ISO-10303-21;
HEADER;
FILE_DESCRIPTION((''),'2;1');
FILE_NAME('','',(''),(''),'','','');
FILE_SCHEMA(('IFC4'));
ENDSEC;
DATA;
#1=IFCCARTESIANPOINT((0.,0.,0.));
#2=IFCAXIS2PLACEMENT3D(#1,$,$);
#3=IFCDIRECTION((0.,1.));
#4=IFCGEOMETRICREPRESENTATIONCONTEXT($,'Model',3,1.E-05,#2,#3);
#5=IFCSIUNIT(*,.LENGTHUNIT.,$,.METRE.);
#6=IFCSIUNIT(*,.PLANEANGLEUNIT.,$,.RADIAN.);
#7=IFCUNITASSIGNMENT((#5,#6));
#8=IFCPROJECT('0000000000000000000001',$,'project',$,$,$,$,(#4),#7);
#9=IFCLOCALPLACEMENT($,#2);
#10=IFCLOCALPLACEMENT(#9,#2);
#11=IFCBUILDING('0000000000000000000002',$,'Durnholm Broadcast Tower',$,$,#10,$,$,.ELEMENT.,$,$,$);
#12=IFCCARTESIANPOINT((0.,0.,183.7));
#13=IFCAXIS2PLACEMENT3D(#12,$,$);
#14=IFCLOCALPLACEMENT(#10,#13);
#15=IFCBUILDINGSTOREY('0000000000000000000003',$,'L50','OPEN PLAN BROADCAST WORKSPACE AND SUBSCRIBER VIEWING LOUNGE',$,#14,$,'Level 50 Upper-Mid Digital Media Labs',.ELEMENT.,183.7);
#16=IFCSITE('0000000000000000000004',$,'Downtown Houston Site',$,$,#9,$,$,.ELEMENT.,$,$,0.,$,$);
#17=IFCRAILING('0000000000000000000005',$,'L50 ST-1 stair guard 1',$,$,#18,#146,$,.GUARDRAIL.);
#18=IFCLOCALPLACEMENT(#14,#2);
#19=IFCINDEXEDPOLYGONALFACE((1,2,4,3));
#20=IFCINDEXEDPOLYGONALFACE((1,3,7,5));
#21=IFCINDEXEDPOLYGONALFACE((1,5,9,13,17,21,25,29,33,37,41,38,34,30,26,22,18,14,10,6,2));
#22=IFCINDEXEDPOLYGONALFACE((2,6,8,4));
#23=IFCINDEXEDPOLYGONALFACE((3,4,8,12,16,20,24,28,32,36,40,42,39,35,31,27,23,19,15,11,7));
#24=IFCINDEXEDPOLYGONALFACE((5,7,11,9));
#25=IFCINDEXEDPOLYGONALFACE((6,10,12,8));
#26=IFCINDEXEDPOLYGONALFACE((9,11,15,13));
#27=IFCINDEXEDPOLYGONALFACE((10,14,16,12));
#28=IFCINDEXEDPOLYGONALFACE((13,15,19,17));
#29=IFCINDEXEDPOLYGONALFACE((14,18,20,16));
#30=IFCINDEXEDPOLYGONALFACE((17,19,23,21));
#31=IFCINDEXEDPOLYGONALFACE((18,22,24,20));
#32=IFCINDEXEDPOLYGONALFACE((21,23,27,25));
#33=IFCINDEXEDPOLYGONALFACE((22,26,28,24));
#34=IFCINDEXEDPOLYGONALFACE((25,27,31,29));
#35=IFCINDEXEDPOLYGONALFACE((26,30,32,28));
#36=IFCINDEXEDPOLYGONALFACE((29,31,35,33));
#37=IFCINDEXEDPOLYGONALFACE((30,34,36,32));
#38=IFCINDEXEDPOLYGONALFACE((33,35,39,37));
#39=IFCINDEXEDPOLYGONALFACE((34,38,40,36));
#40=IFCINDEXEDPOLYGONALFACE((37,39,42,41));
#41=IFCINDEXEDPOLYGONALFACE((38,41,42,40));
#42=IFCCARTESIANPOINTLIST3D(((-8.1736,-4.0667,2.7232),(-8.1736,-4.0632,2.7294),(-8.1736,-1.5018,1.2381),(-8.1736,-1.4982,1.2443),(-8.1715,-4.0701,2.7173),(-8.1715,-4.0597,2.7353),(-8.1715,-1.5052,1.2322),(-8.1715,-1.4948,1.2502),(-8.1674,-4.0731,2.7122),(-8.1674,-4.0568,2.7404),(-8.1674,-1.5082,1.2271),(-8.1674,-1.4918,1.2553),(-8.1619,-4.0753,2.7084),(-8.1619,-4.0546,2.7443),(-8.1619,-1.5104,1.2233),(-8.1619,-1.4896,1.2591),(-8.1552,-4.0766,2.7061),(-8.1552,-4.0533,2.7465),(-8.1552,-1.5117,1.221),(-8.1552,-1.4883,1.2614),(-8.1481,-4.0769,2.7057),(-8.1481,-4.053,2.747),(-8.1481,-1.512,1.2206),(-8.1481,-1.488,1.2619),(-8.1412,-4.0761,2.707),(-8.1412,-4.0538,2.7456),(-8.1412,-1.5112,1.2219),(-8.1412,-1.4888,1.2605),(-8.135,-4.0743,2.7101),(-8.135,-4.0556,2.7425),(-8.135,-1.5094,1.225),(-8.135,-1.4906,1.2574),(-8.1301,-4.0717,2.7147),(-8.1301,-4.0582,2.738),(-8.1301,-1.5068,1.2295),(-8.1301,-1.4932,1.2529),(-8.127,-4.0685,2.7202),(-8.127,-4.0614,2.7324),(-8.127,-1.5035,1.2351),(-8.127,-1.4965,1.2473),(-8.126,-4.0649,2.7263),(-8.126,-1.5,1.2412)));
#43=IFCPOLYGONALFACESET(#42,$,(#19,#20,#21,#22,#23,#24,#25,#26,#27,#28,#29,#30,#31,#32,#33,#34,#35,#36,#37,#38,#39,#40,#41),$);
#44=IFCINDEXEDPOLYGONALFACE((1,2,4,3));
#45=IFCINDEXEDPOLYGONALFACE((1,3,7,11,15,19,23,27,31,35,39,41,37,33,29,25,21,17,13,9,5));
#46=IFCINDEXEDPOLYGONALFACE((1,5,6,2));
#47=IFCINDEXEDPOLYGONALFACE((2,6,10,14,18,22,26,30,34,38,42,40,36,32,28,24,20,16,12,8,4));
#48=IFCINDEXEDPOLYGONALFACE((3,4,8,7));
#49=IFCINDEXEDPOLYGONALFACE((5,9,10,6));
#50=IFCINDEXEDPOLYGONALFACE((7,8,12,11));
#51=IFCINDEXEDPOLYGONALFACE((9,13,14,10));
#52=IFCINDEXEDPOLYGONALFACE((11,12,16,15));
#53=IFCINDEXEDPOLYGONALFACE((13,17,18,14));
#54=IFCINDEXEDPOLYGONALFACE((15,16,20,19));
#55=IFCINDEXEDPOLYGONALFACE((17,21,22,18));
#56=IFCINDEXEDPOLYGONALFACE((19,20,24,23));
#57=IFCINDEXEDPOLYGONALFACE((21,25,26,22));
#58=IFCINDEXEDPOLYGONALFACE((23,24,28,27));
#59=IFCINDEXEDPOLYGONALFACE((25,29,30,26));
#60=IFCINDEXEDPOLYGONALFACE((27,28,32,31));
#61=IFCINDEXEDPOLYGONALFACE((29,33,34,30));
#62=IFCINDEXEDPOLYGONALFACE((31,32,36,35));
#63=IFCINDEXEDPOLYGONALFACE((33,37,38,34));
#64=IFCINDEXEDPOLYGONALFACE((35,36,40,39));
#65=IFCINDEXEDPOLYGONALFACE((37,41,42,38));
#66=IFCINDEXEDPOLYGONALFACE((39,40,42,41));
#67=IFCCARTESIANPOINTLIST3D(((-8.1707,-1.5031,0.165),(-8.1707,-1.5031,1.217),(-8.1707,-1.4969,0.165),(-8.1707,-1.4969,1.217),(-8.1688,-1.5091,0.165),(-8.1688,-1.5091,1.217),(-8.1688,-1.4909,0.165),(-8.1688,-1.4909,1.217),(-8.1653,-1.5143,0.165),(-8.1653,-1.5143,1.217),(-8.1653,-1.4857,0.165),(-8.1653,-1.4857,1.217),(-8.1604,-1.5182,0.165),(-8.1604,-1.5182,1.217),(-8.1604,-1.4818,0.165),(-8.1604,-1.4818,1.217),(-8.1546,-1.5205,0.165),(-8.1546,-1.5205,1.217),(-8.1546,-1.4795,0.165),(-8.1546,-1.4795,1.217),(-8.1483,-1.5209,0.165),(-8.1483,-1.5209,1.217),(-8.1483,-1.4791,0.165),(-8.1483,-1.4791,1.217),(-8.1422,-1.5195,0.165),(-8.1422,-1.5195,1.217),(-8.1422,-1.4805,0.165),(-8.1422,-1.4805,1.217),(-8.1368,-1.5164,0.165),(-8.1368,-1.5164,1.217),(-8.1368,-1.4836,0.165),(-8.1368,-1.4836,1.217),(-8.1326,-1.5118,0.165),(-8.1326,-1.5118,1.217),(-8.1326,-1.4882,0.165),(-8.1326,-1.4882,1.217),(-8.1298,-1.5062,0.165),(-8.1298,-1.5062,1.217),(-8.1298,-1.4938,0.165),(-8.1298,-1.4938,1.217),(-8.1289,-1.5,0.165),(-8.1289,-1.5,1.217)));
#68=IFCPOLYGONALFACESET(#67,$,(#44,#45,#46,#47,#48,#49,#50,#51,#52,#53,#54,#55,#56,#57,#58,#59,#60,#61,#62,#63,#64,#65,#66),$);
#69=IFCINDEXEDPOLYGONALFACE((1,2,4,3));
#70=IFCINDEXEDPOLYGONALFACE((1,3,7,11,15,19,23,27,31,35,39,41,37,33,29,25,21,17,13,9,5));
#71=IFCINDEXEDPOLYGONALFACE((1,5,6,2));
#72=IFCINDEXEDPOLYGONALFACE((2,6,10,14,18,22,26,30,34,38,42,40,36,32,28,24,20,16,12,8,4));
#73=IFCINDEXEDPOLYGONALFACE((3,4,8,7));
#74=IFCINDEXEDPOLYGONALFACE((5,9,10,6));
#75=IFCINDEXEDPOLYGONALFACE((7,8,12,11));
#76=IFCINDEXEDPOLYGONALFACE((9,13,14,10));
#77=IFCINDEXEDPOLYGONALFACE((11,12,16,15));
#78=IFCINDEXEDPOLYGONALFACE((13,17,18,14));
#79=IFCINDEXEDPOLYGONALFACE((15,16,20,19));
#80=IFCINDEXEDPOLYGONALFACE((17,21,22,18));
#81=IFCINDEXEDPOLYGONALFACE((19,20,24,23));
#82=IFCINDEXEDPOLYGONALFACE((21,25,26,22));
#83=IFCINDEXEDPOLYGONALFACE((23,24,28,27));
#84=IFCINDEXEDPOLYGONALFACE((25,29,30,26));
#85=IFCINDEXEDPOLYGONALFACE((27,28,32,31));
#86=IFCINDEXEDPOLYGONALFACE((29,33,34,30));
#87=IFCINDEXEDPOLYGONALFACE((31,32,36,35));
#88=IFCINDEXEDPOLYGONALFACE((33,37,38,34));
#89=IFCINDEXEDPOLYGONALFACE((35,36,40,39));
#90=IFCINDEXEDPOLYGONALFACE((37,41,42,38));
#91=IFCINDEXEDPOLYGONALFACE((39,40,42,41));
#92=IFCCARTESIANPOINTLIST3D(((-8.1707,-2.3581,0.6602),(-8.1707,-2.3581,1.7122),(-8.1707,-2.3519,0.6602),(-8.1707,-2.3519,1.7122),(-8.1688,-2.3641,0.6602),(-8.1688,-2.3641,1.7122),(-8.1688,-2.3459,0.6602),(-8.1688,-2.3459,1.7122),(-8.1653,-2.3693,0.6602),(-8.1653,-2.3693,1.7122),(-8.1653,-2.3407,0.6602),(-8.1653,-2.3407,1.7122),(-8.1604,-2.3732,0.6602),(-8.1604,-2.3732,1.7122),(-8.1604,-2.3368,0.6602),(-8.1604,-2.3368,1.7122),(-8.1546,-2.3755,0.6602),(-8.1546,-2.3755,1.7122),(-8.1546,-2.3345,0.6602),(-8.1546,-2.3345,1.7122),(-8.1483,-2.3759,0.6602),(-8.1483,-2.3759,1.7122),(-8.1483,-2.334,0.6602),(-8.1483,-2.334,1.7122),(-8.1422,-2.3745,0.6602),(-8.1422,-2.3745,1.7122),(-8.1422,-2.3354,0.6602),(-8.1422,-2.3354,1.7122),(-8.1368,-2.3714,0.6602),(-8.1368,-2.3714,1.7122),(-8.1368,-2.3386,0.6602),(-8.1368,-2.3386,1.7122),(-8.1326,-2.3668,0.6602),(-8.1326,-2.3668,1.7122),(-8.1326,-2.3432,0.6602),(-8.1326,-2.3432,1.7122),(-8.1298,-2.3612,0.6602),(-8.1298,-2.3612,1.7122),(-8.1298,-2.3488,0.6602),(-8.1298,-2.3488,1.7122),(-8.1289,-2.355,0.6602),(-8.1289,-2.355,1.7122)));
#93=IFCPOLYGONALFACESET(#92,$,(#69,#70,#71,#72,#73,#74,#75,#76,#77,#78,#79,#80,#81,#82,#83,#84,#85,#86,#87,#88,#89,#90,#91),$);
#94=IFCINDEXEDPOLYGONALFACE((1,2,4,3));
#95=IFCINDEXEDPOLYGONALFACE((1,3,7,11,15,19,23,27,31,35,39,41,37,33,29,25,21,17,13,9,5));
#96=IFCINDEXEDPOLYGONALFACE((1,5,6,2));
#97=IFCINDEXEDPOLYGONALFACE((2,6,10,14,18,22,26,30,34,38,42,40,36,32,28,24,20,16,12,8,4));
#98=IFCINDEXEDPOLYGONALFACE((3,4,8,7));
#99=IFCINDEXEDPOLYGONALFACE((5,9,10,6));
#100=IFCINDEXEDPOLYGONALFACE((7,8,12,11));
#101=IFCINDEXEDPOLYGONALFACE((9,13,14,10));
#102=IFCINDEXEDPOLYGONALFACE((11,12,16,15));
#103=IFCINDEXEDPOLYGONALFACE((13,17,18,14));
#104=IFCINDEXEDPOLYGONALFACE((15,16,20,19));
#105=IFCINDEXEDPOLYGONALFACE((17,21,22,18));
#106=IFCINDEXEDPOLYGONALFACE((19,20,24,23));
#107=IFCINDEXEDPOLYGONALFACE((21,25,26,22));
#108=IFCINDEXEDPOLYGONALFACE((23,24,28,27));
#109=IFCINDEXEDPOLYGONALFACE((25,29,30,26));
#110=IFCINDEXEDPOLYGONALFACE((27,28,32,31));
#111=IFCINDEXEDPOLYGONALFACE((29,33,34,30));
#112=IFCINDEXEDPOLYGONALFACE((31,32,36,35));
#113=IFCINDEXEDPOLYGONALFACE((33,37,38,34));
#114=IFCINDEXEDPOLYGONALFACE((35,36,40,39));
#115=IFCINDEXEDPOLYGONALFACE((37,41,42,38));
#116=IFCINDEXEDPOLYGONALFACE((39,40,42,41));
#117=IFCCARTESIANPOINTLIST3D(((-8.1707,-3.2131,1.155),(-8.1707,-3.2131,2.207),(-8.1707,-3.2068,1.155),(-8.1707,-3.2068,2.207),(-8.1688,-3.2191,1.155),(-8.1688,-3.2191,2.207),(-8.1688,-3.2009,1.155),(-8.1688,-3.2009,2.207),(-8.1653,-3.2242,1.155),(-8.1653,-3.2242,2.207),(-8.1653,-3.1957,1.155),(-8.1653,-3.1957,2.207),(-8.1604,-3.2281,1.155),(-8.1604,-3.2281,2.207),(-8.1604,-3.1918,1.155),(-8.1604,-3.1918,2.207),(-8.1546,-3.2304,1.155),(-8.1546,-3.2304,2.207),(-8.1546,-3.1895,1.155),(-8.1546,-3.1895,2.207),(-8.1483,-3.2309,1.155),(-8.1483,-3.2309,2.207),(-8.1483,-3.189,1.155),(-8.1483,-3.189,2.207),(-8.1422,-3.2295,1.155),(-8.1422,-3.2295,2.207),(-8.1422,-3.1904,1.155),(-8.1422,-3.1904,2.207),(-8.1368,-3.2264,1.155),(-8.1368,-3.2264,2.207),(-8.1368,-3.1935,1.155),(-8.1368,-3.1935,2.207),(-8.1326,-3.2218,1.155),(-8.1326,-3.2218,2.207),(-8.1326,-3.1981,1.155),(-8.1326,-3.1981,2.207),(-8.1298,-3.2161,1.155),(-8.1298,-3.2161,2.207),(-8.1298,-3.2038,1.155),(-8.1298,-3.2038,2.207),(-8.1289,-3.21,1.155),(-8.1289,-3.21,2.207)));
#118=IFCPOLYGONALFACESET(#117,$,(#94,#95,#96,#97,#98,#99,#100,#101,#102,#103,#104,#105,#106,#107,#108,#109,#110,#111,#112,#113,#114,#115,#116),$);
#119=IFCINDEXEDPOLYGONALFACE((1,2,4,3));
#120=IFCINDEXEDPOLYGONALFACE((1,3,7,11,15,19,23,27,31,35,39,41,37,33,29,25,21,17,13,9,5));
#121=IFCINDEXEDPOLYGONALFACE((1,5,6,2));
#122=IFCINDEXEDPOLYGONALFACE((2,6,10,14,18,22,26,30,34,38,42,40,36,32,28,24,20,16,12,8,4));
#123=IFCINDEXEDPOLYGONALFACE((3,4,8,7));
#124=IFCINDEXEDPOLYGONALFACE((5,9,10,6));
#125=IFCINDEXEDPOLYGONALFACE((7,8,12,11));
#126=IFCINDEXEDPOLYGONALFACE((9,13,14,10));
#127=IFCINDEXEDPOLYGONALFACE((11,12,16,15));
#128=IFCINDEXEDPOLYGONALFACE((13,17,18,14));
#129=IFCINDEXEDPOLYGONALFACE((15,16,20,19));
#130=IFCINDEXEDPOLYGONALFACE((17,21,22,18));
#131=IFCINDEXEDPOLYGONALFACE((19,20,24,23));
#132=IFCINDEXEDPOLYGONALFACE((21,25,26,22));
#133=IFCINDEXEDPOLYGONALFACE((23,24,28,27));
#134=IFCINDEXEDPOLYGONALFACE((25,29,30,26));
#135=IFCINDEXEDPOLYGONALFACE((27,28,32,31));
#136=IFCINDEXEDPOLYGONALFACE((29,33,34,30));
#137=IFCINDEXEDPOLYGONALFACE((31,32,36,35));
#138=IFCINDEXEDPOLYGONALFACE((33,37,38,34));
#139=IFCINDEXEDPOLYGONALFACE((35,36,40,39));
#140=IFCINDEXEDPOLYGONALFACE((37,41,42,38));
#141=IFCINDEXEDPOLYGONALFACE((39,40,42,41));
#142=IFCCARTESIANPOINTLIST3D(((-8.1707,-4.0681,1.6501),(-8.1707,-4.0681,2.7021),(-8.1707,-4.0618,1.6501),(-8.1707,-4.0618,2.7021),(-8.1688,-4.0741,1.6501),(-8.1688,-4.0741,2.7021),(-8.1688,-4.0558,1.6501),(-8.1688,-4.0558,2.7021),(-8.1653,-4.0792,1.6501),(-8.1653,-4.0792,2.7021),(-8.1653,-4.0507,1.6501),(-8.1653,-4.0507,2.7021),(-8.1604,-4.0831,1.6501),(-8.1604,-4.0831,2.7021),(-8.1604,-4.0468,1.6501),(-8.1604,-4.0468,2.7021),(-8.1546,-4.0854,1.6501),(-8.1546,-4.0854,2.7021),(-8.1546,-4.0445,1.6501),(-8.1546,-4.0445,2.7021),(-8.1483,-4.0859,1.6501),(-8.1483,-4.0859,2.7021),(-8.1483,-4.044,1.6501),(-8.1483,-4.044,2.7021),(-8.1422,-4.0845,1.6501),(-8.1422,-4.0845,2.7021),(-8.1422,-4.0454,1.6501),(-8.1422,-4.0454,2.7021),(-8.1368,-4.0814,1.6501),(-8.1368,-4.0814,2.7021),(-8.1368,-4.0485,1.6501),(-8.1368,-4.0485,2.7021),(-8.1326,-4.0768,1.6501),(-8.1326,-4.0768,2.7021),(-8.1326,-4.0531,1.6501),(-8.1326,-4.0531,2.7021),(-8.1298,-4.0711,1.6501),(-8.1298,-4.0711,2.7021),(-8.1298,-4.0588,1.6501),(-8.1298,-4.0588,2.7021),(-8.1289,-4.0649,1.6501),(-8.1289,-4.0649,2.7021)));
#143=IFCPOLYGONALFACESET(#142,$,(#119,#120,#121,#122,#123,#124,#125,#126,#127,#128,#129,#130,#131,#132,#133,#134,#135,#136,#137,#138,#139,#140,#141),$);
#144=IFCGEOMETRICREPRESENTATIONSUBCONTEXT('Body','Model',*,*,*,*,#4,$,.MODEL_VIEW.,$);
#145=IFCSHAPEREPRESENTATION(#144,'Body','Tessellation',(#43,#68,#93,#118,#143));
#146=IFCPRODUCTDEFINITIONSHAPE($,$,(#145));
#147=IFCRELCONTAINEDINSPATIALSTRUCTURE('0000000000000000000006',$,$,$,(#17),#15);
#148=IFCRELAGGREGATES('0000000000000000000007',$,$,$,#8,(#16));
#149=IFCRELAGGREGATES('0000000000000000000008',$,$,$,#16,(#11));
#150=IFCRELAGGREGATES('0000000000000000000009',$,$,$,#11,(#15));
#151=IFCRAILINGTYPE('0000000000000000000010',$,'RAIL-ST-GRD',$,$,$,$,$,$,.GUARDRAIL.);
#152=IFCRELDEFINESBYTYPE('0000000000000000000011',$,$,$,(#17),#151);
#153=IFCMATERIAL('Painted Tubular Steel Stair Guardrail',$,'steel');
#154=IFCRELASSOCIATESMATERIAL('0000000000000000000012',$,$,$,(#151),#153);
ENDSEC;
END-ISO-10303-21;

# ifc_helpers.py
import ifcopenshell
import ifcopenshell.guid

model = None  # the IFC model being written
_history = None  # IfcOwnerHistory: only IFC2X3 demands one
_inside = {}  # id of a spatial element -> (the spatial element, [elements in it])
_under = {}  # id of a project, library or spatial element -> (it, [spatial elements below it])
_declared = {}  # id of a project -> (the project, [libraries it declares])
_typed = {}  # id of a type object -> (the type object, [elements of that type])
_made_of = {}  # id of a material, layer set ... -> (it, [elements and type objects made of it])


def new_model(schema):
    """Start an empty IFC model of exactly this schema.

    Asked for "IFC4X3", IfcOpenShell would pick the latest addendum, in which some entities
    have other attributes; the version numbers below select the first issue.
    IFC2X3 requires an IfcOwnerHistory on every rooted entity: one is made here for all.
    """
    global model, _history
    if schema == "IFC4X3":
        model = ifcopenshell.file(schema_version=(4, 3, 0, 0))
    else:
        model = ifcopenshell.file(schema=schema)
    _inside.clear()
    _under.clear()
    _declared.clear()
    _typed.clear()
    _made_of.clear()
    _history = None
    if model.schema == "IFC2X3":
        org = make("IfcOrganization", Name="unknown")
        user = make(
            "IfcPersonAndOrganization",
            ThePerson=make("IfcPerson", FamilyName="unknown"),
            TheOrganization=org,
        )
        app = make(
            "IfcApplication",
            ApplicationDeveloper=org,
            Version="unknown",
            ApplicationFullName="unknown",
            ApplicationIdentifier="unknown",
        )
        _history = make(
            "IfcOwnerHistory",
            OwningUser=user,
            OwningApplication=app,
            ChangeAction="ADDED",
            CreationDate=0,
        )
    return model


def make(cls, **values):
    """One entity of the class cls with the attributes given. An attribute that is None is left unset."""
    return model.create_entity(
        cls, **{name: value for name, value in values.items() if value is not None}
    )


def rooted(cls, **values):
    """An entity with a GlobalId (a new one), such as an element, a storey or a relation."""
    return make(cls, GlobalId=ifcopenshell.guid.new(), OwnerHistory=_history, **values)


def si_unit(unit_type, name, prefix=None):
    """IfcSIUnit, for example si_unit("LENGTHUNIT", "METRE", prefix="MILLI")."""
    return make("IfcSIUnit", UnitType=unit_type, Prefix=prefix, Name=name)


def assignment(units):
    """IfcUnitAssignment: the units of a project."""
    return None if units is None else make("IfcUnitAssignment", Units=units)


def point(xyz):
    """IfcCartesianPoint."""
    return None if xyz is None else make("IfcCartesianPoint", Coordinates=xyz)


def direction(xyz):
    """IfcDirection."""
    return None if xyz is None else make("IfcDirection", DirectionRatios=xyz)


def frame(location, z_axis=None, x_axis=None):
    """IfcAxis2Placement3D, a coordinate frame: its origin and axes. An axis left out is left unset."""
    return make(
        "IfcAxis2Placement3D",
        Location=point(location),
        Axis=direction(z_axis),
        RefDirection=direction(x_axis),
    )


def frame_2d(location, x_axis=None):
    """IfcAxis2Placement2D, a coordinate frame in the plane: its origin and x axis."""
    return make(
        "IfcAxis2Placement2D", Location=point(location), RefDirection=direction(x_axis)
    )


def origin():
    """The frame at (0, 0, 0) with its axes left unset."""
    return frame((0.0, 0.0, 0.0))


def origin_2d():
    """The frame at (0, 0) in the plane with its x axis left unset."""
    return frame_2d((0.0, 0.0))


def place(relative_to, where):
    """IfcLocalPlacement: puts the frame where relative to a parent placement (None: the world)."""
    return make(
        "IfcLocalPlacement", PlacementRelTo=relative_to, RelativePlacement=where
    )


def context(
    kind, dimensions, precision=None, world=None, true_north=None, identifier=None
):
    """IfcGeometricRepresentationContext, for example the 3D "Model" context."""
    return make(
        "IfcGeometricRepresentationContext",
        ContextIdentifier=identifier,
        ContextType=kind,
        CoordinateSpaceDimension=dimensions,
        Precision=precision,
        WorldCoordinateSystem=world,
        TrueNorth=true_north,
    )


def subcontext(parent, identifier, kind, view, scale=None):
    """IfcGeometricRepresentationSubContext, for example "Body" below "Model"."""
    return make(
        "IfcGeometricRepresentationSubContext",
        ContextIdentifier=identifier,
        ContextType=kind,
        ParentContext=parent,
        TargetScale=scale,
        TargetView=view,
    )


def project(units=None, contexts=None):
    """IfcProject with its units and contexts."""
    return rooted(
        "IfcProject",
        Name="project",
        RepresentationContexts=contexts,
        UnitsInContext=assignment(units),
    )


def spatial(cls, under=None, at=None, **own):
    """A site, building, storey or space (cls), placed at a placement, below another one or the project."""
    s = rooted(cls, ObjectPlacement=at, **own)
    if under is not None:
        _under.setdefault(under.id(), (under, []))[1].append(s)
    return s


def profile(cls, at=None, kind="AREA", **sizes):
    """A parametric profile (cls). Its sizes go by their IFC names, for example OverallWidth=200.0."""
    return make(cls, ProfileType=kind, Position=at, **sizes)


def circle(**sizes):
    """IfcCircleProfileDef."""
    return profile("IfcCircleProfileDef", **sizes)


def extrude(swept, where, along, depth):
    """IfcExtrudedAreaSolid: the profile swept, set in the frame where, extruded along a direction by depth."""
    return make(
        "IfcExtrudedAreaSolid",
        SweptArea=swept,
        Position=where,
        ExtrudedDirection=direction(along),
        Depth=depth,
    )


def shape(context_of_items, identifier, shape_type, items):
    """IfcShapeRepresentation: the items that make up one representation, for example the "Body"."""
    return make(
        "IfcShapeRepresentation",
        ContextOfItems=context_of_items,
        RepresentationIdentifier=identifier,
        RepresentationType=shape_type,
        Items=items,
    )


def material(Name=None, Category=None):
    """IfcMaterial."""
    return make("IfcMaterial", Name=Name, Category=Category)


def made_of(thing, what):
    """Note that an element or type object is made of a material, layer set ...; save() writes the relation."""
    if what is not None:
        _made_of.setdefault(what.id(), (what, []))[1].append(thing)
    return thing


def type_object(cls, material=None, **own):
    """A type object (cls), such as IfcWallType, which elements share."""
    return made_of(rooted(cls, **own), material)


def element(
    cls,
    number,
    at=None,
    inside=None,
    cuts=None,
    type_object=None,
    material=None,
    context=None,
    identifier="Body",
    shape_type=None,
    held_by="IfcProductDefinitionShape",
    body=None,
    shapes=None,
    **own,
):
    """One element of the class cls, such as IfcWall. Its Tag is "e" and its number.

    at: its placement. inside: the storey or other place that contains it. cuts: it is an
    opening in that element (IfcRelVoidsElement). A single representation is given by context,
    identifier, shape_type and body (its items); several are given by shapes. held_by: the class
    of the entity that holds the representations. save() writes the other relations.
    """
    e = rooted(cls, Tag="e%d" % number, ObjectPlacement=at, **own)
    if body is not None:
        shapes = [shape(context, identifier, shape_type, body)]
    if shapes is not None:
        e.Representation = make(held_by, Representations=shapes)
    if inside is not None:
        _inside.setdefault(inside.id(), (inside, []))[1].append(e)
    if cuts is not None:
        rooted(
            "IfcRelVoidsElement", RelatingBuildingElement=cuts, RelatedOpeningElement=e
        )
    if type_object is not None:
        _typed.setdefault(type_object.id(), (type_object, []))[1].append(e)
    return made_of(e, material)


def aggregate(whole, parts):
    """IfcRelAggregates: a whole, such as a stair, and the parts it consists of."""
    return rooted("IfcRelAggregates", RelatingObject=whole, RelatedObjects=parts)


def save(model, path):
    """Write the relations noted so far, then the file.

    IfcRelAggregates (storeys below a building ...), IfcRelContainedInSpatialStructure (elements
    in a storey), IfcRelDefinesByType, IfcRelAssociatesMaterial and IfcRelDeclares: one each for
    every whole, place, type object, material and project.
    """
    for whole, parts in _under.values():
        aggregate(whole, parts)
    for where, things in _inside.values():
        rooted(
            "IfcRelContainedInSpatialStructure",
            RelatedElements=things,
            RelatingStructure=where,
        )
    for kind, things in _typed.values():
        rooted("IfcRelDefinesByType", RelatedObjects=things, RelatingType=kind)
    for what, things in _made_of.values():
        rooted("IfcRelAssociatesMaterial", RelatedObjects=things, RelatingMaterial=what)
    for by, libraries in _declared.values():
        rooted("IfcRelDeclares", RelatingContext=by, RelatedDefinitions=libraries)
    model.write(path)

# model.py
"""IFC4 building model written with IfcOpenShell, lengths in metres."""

from ifc_helpers import new_model, si_unit, direction, frame, origin, origin_2d, place, context, subcontext, project, spatial, circle, extrude, material, type_object, element, save


model = new_model("IFC4")

# Units and contexts
model_context = context("Model", 3, precision=1e-05, world=origin(), true_north=direction((0.0, 1.0)))
body_context = subcontext(model_context, "Body", "Model", "MODEL_VIEW")
ifc_project = project(units=[si_unit("LENGTHUNIT", "METRE"), si_unit("PLANEANGLEUNIT", "RADIAN")], contexts=[model_context])

# Site, building, storey
site_placement = place(None, origin())
site = spatial("IfcSite", under=ifc_project, at=site_placement, Name="Downtown Houston Site", CompositionType="ELEMENT", RefElevation=0.0)
building_placement = place(site_placement, origin())
building = spatial("IfcBuilding", under=site, at=building_placement, Name="Durnholm Broadcast Tower", CompositionType="ELEMENT")
storey_placement = place(building_placement, frame((0.0, 0.0, 183.7)))
storey = spatial("IfcBuildingStorey", under=building, at=storey_placement, Name="L50", Description="OPEN PLAN BROADCAST WORKSPACE AND SUBSCRIBER VIEWING LOUNGE", LongName="Level 50 Upper-Mid Digital Media Labs", CompositionType="ELEMENT", Elevation=183.7)

# Railing
ifc_material_1 = material(Name="Painted Tubular Steel Stair Guardrail", Category="steel")
railing_type_1 = type_object("IfcRailingType", Name="RAIL-ST-GRD", PredefinedType="GUARDRAIL", material=ifc_material_1)
railing_1_placement = place(storey_placement, frame((-8.1499, -1.5, 0.165)))
element("IfcRailing", 1, at=railing_1_placement, inside=storey, type_object=railing_type_1, Name="L50 ST-1 stair guard 1", PredefinedType="GUARDRAIL", context=body_context, shape_type="SweptSolid", body=[
    extrude(circle(Radius=0.0239, at=origin_2d()), frame((0.0, 0.0, 1.0762), z_axis=(0.0, -0.865406, 0.501072), x_axis=(1.0, 0.0, 0.0)), (0.0, 0.0, 1.0), 2.9639),
    extrude(circle(Radius=0.021, at=origin_2d()), origin(), (0.0, 0.0, 1.0), 1.052),
    extrude(circle(Radius=0.021, at=origin_2d()), frame((0.0, -0.855, 0.4951)), (0.0, 0.0, 1.0), 1.052),
    extrude(circle(Radius=0.021, at=origin_2d()), frame((0.0, -1.71, 0.99)), (0.0, 0.0, 1.0), 1.052),
    extrude(circle(Radius=0.021, at=origin_2d()), frame((0.0, -2.5649, 1.4851)), (0.0, 0.0, 1.0), 1.052),
])

save(model, "model.ifc")
